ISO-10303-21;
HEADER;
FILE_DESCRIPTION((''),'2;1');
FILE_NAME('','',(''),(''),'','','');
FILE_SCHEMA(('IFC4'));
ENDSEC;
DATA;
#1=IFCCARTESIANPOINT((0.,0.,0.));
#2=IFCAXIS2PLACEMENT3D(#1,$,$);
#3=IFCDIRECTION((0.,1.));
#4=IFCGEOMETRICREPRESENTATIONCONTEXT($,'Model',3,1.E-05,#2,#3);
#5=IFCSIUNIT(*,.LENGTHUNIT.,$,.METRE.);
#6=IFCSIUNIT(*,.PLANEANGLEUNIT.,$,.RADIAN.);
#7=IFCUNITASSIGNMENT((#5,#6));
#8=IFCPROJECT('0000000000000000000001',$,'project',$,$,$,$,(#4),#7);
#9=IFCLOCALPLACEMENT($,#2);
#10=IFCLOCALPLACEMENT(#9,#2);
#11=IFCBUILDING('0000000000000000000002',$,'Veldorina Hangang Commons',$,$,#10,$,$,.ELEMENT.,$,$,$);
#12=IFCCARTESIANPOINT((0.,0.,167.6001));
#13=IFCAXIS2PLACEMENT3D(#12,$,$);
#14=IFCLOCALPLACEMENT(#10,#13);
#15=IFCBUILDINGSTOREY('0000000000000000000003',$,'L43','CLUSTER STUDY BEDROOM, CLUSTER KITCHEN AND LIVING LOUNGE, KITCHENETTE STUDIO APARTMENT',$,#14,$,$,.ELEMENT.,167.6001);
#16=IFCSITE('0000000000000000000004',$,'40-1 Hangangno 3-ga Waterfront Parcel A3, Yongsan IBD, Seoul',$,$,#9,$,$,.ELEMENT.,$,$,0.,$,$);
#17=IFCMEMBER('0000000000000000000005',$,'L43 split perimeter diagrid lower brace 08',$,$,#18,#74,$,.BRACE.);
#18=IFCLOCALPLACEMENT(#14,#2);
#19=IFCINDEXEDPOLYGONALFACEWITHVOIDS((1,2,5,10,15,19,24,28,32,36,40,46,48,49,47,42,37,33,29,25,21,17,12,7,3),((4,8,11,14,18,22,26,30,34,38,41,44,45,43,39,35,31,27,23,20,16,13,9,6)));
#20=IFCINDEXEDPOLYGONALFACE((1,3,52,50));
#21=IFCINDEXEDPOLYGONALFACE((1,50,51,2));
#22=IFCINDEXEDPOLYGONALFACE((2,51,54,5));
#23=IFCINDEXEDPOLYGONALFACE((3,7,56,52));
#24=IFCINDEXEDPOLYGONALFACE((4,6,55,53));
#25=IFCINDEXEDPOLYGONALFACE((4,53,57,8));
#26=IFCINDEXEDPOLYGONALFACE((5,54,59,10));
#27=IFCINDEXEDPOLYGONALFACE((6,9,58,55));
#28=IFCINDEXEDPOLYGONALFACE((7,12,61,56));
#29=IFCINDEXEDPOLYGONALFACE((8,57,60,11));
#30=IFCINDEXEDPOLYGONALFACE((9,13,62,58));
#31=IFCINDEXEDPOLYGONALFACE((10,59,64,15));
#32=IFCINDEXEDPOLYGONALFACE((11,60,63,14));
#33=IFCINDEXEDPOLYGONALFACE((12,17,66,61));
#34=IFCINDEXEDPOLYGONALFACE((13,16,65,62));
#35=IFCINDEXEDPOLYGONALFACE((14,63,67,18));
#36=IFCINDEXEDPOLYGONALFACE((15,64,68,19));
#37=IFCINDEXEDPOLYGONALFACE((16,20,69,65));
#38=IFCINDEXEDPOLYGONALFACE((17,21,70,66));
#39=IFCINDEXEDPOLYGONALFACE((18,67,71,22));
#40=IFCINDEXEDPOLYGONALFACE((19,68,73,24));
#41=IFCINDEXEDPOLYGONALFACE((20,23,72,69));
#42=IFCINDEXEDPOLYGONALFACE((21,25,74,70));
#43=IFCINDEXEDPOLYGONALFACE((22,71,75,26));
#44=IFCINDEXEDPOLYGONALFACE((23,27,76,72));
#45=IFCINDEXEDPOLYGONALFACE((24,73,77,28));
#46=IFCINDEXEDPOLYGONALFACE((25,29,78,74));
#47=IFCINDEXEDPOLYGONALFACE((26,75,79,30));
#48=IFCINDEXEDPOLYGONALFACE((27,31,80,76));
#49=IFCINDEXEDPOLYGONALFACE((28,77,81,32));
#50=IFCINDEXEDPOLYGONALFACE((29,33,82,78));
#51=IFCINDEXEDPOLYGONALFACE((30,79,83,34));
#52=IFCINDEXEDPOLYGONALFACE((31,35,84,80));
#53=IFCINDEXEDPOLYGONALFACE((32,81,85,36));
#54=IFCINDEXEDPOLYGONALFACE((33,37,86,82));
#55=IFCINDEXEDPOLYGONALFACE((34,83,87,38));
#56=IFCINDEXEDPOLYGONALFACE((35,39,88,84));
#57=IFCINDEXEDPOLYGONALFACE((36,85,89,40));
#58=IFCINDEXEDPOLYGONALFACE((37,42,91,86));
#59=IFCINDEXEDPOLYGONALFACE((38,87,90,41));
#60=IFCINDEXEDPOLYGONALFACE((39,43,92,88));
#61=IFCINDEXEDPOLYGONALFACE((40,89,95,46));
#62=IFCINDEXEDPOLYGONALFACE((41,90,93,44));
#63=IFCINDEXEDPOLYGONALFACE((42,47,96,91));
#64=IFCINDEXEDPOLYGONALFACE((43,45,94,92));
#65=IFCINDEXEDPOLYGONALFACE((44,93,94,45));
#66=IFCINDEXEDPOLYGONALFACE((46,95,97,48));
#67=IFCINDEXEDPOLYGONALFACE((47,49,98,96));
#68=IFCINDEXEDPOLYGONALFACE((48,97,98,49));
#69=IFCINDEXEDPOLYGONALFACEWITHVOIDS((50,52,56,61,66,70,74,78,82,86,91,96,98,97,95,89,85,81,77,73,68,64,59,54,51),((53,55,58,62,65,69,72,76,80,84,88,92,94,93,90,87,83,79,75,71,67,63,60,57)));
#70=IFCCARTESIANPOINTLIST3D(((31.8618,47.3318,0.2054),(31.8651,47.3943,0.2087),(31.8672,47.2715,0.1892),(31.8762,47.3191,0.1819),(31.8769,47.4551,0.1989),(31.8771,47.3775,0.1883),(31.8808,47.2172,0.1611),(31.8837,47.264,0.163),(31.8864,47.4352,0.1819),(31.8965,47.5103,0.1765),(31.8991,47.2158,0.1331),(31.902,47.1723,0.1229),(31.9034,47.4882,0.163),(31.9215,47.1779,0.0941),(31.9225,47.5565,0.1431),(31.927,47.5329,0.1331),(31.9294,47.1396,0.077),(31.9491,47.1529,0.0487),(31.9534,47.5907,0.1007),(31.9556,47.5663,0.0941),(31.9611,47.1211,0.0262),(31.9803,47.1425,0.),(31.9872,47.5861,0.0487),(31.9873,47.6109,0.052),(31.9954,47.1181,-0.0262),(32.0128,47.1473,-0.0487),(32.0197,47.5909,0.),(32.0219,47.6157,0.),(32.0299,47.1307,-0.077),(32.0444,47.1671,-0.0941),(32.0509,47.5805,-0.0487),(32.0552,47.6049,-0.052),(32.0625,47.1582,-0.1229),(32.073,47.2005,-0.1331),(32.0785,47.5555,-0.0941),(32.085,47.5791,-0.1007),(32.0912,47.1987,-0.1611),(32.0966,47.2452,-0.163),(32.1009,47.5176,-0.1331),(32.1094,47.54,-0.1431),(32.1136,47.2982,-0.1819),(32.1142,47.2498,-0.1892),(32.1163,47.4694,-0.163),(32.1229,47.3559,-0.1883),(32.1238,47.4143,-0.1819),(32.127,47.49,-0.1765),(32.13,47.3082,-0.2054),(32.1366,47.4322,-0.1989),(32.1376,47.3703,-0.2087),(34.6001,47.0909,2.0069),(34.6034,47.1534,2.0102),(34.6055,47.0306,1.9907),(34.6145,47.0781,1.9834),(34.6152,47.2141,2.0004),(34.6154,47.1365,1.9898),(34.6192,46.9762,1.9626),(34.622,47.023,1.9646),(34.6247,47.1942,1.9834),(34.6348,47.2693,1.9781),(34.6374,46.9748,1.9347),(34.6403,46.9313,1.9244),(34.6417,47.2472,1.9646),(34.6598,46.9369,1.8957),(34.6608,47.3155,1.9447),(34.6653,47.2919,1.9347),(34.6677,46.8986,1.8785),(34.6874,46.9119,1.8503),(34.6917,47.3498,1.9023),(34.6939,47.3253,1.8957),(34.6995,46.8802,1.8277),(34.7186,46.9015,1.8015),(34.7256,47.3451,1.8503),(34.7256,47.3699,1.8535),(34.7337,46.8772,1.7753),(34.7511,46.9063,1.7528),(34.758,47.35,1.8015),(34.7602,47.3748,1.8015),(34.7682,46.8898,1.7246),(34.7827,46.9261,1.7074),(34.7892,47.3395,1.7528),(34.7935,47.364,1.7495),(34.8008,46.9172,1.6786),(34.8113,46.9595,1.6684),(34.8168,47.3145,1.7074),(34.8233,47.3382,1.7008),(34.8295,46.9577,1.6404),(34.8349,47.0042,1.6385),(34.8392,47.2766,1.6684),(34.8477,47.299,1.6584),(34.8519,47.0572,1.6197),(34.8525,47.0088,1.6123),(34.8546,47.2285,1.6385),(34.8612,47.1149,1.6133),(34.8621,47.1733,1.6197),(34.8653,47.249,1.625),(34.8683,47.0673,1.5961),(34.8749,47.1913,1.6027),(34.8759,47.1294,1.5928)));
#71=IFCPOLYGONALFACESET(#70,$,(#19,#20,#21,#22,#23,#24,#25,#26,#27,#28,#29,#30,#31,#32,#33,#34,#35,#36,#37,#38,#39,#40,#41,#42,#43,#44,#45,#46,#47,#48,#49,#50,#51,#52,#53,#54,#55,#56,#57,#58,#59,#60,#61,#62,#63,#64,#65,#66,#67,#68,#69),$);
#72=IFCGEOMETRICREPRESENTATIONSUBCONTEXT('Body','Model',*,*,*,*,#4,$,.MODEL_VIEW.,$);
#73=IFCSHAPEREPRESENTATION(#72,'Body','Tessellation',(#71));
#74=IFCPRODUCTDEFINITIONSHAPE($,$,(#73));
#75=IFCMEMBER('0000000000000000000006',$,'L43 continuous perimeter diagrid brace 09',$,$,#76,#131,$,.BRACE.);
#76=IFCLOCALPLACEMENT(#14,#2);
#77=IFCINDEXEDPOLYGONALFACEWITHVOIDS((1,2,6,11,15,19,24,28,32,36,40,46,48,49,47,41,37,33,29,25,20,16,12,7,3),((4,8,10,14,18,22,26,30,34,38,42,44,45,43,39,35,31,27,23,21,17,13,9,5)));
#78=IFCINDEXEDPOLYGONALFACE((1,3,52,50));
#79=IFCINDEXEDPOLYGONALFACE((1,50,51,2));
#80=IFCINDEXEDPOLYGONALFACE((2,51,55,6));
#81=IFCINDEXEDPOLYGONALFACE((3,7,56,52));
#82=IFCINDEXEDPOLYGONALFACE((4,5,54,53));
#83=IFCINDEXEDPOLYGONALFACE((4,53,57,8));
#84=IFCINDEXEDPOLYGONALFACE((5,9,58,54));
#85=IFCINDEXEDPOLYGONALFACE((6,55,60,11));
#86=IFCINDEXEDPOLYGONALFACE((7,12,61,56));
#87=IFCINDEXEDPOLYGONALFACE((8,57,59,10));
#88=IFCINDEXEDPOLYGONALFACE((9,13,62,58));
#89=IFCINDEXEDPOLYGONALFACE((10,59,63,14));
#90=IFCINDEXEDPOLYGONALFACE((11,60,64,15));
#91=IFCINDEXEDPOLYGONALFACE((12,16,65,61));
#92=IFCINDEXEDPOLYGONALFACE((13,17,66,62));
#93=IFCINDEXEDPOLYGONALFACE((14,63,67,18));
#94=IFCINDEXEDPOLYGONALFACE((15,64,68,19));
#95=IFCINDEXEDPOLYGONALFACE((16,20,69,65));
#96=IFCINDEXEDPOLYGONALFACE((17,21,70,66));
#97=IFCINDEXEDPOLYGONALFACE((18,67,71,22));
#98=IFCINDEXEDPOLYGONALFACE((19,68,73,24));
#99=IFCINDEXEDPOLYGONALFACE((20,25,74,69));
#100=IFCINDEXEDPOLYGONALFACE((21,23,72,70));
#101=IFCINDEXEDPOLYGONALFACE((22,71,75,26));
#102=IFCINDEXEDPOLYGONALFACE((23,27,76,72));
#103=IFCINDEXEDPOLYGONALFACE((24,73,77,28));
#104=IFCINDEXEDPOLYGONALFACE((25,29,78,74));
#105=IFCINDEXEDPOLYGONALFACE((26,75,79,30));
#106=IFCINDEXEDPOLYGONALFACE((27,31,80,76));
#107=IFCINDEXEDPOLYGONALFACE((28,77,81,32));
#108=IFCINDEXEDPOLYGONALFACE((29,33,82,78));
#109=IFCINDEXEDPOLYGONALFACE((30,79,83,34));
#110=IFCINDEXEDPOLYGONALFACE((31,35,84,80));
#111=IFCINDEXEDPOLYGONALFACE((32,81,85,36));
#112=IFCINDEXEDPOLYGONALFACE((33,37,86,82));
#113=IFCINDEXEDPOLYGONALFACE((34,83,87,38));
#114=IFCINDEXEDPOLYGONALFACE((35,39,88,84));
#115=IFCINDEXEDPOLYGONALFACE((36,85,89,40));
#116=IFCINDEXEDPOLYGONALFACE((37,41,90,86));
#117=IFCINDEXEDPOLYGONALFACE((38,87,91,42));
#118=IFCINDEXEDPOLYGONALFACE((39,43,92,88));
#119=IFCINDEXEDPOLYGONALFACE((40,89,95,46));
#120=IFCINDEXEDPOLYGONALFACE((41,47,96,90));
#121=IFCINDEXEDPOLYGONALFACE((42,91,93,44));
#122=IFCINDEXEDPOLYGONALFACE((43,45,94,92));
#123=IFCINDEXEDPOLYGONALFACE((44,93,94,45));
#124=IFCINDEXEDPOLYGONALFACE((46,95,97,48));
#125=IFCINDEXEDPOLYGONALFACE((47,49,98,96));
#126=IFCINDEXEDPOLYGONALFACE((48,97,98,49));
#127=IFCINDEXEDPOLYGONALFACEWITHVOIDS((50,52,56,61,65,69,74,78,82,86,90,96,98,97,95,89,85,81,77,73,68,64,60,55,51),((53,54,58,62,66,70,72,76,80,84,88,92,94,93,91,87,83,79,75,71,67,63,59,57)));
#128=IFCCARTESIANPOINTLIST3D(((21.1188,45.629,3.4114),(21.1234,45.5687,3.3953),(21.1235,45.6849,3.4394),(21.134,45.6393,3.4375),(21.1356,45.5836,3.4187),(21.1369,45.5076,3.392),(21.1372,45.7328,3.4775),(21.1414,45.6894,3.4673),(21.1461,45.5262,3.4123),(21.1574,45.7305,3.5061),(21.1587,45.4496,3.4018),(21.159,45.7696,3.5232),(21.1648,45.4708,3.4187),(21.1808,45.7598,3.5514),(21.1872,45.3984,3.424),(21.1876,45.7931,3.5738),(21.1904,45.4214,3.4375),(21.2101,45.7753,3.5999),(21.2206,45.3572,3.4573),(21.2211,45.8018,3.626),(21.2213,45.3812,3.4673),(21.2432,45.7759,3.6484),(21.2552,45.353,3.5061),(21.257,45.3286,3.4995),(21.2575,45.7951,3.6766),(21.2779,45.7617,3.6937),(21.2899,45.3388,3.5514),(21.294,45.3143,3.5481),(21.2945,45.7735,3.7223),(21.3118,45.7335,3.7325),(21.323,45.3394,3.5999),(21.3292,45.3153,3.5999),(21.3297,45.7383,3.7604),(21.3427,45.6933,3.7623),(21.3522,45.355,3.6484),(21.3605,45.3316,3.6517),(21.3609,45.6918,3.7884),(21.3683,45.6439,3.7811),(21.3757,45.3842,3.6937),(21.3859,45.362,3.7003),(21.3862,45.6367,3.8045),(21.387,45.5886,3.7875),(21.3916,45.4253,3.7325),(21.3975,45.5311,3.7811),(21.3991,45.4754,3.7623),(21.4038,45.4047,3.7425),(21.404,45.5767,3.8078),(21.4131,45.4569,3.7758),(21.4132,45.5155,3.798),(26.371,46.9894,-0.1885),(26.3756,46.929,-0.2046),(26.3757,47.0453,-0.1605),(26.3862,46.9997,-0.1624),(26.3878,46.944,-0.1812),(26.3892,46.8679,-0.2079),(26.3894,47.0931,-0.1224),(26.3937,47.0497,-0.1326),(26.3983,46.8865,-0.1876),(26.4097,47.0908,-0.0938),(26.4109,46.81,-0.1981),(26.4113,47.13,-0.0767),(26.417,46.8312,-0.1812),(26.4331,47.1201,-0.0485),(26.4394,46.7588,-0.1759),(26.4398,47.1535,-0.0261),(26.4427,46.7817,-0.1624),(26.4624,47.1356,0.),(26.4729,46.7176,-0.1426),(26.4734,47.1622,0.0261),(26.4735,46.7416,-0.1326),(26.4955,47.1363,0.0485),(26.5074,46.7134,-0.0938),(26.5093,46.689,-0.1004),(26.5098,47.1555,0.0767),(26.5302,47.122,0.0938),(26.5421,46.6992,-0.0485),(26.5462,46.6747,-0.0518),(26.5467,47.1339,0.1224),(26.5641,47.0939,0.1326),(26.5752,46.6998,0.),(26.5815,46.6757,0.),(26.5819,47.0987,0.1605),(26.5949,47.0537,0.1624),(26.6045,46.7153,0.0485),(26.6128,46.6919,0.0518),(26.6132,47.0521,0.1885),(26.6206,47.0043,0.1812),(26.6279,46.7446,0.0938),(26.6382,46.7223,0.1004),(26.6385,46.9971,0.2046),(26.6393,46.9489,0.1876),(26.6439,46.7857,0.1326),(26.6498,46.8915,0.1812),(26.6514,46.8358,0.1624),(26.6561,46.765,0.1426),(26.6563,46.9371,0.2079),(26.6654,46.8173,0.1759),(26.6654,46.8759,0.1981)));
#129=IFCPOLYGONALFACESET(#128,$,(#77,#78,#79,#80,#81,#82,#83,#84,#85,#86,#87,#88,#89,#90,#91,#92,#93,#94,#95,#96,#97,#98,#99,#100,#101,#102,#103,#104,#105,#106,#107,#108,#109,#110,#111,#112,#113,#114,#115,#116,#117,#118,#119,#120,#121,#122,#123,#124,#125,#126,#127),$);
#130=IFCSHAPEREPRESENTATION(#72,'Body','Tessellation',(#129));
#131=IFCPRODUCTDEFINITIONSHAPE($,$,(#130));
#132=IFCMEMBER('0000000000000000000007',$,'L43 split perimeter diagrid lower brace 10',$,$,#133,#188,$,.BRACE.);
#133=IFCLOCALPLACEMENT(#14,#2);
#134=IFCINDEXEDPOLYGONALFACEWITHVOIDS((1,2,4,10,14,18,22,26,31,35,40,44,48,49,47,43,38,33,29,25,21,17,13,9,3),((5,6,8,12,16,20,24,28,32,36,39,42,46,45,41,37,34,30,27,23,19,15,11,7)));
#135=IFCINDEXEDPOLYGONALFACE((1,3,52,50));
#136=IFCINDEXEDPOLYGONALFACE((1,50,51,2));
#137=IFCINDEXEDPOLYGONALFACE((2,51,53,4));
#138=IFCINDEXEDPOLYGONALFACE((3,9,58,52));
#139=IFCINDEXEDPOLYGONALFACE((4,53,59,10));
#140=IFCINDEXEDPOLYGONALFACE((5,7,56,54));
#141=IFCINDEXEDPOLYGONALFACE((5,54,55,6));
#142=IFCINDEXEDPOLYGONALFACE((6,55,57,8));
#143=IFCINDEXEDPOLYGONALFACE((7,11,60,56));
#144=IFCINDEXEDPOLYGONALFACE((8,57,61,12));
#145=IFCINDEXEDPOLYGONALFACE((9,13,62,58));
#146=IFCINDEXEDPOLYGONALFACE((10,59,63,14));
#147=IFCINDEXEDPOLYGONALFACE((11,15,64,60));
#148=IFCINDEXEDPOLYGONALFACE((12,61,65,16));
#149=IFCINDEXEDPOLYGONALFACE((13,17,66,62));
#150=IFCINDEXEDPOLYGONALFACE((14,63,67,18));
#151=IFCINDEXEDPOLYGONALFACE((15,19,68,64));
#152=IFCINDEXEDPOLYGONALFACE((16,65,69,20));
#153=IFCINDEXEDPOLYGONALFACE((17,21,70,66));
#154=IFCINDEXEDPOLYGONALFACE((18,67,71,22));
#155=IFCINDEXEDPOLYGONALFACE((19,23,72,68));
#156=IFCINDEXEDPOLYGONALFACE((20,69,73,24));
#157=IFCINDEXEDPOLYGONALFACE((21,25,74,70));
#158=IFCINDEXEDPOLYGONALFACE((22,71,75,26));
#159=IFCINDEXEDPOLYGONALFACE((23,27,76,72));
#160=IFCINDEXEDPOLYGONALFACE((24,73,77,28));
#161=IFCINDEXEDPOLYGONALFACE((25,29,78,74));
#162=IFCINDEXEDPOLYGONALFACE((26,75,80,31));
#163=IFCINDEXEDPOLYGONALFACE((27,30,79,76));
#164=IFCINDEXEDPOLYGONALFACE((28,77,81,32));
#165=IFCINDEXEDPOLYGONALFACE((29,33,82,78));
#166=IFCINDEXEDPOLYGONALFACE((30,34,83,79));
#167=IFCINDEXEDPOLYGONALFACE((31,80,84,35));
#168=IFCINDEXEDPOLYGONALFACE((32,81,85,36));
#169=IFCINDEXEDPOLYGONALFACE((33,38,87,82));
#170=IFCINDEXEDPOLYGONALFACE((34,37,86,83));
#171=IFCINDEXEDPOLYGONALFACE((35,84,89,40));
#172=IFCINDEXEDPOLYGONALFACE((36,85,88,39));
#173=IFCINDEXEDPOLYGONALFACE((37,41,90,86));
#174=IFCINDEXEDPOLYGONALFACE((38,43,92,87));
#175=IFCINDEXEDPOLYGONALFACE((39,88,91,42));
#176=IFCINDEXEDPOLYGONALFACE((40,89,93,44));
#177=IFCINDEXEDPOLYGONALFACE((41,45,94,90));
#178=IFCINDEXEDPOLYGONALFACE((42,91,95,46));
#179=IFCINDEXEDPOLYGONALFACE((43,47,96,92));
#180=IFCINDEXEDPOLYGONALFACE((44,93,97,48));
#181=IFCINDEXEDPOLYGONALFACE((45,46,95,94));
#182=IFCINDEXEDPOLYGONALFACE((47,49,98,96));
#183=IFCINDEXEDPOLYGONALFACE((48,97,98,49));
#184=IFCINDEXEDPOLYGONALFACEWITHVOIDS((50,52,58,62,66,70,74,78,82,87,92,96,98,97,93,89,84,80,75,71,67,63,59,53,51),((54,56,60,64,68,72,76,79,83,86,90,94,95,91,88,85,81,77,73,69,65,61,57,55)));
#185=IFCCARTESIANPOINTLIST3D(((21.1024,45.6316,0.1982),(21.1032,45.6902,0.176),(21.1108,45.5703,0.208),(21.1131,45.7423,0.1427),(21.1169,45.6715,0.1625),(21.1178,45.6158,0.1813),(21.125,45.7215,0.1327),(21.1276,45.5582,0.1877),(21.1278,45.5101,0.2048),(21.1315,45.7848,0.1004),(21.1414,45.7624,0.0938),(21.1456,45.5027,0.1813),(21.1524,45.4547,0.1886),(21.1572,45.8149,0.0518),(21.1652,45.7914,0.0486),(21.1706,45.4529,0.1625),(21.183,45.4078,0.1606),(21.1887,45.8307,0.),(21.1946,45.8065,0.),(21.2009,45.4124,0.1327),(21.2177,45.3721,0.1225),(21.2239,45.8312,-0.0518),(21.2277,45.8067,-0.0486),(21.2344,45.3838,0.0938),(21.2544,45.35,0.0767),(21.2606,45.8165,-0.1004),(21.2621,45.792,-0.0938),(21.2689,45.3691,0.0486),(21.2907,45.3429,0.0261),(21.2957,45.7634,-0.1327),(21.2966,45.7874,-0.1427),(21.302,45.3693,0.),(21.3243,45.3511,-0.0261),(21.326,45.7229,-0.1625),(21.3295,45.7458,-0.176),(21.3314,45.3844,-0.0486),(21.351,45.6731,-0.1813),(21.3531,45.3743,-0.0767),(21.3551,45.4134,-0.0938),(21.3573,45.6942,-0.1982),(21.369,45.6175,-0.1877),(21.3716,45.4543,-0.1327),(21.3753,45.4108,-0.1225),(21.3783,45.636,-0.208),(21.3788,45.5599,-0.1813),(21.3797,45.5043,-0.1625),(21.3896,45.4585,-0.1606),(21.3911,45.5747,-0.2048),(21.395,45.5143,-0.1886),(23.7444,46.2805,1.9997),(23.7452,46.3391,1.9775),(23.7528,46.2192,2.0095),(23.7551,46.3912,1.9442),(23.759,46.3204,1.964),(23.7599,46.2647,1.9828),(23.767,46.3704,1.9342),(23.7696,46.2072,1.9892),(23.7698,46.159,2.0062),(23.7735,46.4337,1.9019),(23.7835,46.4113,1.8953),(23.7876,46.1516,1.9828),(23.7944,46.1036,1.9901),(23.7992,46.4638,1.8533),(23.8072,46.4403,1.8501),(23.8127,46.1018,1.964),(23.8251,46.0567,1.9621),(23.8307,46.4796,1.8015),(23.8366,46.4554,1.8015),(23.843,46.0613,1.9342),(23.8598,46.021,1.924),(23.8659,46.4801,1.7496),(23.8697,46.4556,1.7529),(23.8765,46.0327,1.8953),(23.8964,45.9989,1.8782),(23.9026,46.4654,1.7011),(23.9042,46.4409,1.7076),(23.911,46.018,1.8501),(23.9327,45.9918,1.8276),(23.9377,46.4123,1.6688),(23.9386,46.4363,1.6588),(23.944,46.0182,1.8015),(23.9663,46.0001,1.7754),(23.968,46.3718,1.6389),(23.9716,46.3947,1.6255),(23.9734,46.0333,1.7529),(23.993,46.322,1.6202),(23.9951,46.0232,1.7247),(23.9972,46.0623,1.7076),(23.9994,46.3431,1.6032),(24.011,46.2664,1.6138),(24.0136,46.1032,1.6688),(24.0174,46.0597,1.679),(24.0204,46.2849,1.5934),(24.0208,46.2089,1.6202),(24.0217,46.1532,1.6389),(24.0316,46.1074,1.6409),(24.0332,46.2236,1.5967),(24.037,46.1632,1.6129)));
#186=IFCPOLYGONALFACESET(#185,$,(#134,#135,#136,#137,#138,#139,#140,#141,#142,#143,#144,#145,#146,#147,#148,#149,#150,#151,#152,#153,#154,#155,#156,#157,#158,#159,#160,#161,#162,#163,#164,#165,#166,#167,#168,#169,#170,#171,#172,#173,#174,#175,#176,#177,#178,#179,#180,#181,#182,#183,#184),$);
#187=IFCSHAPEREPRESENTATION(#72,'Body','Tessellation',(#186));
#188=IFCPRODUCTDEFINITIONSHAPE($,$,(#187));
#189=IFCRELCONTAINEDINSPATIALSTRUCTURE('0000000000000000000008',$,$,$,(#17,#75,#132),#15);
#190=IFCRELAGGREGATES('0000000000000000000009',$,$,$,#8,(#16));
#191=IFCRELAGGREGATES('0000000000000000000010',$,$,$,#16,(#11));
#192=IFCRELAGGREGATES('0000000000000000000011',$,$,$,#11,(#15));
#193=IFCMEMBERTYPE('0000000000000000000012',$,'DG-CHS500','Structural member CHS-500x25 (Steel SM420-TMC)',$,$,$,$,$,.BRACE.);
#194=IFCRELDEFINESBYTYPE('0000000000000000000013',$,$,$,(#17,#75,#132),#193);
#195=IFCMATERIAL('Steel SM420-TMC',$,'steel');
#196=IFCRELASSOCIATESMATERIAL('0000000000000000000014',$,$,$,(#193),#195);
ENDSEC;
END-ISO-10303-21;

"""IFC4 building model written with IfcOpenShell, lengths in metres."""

from ifc_helpers import new_model, si_unit, direction, frame, origin, origin_2d, place, context, subcontext, project, spatial, hollow_circle, extrude, material, material_profile, profile_set, type_object, element, save


model = new_model("IFC4")

# Units and contexts
model_context = context("Model", 3, precision=1e-05, world=origin(), true_north=direction((0.0, 1.0)))
body_context = subcontext(model_context, "Body", "Model", "MODEL_VIEW")
ifc_project = project(units=[si_unit("LENGTHUNIT", "METRE"), si_unit("PLANEANGLEUNIT", "RADIAN")], contexts=[model_context])

# Site, building, storey
site_placement = place(None, origin())
site = spatial("IfcSite", under=ifc_project, at=site_placement, Name="40-1 Hangangno 3-ga Waterfront Parcel A3, Yongsan IBD, Seoul", CompositionType="ELEMENT", RefElevation=0.0)
building_placement = place(site_placement, origin())
building = spatial("IfcBuilding", under=site, at=building_placement, Name="Veldorina Hangang Commons", CompositionType="ELEMENT")
storey_placement = place(building_placement, frame((0.0, 0.0, 167.6001)))
storey = spatial("IfcBuildingStorey", under=building, at=storey_placement, Name="L43", Description="CLUSTER STUDY BEDROOM, CLUSTER KITCHEN AND LIVING LOUNGE, KITCHENETTE STUDIO APARTMENT", CompositionType="ELEMENT", Elevation=167.6001)

# Shared definitions
ifc_material_1 = material(Name="Steel SM420-TMC", Category="steel")

# Members
ifc_material_profile_1 = material_profile(ifc_material_1, hollow_circle(Radius=0.25, WallThickness=0.0249, at=origin_2d()), Name="CHS-500x25")
ifc_profile_set_1 = profile_set([ifc_material_profile_1], Name="Steel SM420-TMC")
member_type = type_object("IfcMemberType", Name="DG-CHS500", Description="Structural member CHS-500x25 (Steel SM420-TMC)", PredefinedType="BRACE", material=ifc_profile_set_1)
member_1_placement = place(storey_placement, frame((32.0, 47.3667, 0.0), z_axis=(0.833167, -0.073318, 0.54814), x_axis=(0.087661, 0.99615, 0.0)))
element("IfcMember", 1, at=member_1_placement, inside=storey, type_object=member_type, Name="L43 split perimeter diagrid lower brace 08", PredefinedType="BRACE", context=body_context, shape_type="SweptSolid", body=[
    extrude(hollow_circle(Radius=0.25, WallThickness=0.0249, at=origin_2d()), origin(), (0.0, 0.0, 1.0), 3.2866),
])
member_2_placement = place(storey_placement, frame((26.5188, 46.9177, 0.0), z_axis=(-0.806647, -0.208926, 0.552875), x_axis=(0.250733, -0.968056, 0.0)))
element("IfcMember", 2, at=member_2_placement, inside=storey, type_object=member_type, Name="L43 continuous perimeter diagrid brace 09", PredefinedType="BRACE", context=body_context, shape_type="SweptSolid", body=[
    extrude(hollow_circle(Radius=0.25, WallThickness=0.0249, at=origin_2d()), origin(), (0.0, 0.0, 1.0), 6.5112),
])
member_3_placement = place(storey_placement, frame((21.2483, 45.5879, 0.0), z_axis=(0.809711, 0.198874, 0.552103), x_axis=(-0.238522, 0.971137, 0.0)))
element("IfcMember", 3, at=member_3_placement, inside=storey, type_object=member_type, Name="L43 split perimeter diagrid lower brace 10", PredefinedType="BRACE", context=body_context, shape_type="SweptSolid", body=[
    extrude(hollow_circle(Radius=0.25, WallThickness=0.0249, at=origin_2d()), origin(), (0.0, 0.0, 1.0), 3.2629),
])

save(model, "model.ifc")
